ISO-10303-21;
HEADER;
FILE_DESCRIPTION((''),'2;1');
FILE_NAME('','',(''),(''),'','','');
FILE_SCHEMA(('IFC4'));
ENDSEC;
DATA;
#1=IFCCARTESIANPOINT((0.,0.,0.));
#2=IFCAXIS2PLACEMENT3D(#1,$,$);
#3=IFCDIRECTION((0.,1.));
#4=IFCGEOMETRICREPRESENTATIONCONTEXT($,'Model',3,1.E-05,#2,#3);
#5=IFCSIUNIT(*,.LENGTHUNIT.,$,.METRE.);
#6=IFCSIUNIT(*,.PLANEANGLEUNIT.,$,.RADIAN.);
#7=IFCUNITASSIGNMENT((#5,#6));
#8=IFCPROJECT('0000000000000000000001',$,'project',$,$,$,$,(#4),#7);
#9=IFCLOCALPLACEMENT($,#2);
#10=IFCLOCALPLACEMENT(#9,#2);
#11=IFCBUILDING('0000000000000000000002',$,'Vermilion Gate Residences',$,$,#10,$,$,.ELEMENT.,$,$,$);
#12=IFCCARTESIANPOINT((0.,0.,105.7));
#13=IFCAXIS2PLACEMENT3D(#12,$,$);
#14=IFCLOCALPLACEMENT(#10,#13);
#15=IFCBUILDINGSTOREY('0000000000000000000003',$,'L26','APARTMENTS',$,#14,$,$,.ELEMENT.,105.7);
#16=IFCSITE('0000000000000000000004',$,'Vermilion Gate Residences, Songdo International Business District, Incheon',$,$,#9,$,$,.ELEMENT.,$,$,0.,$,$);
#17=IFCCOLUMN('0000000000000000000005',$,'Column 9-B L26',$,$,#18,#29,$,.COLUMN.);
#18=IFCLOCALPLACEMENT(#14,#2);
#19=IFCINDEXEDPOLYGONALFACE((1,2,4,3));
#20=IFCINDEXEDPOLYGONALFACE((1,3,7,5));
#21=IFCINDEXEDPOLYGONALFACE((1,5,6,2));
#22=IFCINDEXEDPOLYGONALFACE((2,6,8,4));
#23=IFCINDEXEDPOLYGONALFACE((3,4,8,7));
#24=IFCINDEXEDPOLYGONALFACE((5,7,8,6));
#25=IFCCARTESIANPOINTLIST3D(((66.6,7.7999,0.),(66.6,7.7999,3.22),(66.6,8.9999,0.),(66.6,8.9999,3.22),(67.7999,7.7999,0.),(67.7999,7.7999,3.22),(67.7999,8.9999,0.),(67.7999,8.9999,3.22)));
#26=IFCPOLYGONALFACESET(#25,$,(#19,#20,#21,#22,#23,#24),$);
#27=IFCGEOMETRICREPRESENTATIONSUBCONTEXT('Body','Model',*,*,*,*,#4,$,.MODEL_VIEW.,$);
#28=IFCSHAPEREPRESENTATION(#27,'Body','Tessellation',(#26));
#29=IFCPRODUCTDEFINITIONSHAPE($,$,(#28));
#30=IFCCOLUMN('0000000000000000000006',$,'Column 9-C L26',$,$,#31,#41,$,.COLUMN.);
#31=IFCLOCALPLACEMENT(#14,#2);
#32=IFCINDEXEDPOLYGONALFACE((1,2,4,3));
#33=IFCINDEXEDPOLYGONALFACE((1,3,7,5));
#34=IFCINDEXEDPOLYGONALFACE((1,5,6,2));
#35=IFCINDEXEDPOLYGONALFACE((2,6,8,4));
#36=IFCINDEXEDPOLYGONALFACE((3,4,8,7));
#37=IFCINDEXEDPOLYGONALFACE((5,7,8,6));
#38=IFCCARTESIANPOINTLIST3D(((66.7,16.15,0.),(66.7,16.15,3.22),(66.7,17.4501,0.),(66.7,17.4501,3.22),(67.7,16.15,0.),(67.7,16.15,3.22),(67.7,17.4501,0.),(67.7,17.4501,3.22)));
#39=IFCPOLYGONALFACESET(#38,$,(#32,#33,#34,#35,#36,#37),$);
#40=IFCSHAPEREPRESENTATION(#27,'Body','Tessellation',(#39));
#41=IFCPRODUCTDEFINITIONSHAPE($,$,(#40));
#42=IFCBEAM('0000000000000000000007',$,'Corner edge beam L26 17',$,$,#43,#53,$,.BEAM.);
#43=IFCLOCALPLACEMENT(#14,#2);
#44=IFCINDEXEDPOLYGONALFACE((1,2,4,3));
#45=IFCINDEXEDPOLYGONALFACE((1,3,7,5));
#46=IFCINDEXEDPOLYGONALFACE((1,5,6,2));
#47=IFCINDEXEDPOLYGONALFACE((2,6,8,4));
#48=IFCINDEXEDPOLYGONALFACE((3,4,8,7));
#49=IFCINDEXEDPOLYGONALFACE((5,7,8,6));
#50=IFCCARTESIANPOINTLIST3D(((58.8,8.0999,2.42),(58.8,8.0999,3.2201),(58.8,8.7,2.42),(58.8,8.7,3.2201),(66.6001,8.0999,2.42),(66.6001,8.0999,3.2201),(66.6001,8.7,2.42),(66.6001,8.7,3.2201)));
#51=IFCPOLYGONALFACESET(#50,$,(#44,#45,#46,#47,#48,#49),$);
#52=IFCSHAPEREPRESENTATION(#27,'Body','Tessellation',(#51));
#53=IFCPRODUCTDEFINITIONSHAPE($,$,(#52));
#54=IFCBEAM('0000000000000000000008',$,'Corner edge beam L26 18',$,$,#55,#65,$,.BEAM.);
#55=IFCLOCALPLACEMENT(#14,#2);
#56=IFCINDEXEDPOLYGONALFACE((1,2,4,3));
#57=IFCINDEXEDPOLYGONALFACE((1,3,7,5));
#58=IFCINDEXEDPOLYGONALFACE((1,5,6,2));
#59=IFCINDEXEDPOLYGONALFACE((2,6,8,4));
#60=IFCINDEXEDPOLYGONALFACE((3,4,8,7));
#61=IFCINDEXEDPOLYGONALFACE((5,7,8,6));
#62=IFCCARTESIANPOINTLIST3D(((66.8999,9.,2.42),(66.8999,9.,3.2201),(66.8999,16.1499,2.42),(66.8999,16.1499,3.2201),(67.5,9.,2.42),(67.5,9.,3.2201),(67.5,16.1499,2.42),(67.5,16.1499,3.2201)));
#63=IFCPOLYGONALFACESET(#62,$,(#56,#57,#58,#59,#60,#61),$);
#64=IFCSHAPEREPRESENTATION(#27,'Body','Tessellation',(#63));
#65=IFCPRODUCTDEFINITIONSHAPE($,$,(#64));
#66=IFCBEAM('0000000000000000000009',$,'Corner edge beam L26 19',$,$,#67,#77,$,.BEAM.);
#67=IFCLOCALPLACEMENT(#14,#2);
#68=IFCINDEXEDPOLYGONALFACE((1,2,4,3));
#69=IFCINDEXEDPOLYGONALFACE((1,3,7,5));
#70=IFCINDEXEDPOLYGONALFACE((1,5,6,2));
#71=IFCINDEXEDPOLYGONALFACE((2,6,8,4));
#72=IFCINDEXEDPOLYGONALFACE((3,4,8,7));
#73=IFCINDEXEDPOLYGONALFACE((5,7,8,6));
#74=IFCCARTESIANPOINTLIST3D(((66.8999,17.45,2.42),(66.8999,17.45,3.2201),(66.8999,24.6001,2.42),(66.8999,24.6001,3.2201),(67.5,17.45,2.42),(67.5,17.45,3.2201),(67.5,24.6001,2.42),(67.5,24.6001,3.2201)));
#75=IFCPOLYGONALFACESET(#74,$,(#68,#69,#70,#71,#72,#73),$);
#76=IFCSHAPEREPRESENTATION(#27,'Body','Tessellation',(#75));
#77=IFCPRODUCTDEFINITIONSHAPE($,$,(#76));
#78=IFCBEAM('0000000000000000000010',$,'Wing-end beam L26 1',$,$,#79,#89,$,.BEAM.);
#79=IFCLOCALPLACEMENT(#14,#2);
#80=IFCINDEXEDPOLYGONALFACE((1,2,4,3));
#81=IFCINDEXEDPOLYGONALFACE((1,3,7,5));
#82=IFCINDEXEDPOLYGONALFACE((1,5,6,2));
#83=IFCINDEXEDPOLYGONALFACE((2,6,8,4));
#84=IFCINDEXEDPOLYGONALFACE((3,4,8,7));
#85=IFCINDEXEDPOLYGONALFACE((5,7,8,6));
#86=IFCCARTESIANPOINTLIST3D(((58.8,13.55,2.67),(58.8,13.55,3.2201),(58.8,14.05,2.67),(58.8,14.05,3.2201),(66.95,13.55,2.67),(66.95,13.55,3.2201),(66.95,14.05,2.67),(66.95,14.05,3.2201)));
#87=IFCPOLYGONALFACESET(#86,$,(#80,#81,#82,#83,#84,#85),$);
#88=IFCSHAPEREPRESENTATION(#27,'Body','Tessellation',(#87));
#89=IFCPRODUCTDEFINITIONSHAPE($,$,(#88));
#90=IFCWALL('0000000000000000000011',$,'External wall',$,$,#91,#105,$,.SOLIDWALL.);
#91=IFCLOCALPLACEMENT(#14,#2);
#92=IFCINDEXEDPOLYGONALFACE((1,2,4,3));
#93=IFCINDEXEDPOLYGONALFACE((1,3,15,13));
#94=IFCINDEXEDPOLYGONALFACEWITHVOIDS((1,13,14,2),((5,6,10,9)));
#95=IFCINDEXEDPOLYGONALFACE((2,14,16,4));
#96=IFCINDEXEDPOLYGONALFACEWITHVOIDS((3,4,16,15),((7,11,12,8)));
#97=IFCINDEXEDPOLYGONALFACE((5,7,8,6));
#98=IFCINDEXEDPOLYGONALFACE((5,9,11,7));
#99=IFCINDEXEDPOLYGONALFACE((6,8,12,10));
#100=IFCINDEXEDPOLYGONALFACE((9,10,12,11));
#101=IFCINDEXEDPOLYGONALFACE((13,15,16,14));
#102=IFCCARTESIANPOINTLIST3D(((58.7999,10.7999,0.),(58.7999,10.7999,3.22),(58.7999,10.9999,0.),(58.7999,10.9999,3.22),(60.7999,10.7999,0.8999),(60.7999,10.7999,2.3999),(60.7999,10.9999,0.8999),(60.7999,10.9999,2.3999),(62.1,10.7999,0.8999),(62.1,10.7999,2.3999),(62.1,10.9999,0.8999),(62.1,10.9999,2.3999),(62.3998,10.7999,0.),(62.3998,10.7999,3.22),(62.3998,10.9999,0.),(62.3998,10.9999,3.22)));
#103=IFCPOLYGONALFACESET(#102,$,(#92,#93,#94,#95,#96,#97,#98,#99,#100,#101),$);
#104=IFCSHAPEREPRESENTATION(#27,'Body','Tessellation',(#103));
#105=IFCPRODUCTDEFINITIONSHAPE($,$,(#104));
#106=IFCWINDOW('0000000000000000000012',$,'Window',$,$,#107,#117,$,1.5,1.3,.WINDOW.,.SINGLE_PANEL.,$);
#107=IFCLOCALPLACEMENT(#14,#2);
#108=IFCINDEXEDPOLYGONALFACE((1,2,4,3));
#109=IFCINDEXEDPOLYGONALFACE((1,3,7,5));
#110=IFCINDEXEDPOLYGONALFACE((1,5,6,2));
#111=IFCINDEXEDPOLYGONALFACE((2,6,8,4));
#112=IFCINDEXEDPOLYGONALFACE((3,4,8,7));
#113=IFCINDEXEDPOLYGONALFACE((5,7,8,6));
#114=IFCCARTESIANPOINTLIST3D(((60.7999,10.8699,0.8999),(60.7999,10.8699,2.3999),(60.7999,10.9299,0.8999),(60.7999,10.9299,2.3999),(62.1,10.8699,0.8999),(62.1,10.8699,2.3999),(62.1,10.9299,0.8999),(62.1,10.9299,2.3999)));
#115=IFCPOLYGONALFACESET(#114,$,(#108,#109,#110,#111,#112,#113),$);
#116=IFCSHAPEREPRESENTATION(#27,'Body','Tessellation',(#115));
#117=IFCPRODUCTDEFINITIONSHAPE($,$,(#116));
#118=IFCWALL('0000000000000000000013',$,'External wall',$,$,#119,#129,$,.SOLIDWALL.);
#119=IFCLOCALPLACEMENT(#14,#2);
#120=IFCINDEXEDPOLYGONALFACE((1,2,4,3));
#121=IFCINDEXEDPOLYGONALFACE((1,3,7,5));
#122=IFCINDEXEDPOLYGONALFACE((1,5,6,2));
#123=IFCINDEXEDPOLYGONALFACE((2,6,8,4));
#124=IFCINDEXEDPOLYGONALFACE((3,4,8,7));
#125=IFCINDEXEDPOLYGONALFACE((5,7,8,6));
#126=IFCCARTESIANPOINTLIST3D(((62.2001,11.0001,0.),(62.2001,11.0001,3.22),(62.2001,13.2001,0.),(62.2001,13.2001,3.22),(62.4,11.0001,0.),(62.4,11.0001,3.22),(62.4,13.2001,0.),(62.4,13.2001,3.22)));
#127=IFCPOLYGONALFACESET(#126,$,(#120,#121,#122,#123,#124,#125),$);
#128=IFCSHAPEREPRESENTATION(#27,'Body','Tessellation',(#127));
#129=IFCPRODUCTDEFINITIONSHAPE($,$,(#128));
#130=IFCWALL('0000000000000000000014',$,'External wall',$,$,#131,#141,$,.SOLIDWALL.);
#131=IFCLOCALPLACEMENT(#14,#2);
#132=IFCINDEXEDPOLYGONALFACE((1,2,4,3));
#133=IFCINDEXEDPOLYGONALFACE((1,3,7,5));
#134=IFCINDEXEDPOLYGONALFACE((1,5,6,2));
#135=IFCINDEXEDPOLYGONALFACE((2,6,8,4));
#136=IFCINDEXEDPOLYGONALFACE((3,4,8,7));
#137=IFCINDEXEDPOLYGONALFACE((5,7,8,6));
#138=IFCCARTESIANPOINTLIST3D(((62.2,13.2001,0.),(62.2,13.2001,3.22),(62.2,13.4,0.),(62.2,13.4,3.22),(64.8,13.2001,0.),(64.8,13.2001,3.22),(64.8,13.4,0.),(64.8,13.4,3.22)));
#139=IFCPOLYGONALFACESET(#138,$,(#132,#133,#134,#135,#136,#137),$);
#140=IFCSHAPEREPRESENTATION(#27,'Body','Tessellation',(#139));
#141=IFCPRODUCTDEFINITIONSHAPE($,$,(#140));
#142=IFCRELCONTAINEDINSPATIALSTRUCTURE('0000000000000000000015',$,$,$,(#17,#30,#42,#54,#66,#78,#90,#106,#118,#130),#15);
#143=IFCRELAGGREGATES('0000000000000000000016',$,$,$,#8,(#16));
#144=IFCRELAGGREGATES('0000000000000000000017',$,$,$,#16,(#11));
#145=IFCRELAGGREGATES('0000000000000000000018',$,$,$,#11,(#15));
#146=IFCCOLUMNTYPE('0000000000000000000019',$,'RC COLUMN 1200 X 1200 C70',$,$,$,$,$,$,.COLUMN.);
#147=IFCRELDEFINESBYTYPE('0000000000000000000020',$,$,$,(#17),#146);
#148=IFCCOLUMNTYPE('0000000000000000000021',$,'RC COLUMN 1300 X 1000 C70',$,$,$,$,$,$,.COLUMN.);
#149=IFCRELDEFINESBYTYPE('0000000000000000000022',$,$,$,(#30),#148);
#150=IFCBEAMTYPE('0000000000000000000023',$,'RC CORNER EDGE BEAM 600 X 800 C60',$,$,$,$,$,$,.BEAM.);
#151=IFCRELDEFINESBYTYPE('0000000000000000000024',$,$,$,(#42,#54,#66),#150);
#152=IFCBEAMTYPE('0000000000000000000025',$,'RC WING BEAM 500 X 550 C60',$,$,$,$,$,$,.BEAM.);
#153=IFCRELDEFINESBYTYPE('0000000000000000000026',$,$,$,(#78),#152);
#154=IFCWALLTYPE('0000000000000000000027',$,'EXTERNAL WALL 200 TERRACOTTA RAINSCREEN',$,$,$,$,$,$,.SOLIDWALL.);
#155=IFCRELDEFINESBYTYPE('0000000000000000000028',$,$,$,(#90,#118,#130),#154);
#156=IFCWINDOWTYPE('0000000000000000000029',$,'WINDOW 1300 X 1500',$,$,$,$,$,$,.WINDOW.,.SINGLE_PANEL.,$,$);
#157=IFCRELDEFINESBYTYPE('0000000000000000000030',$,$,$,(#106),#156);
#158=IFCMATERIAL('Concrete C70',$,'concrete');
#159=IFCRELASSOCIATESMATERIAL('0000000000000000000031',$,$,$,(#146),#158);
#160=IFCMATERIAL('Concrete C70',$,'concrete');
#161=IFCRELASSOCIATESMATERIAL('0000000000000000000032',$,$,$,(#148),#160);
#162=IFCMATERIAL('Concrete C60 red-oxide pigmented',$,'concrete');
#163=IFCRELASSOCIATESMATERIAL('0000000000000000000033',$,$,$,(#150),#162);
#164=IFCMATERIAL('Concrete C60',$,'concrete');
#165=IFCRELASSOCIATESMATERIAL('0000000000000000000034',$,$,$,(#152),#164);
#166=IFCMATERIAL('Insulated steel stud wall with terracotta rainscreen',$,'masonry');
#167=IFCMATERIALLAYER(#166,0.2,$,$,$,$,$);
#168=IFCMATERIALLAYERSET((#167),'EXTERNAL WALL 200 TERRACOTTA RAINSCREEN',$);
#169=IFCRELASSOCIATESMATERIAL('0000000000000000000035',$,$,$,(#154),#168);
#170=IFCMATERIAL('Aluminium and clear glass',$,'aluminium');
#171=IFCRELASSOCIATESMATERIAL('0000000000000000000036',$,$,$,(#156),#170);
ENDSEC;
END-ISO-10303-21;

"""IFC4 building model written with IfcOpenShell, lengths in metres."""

from ifc_helpers import new_model, si_unit, direction, frame, frame_2d, origin, origin_2d, place, context, subcontext, project, spatial, rectangle, extrude, material, layer, layer_set, material_profile, profile_set, type_object, element, fill, save


model = new_model("IFC4")

# Units and contexts
model_context = context("Model", 3, precision=1e-05, world=origin(), true_north=direction((0.0, 1.0)))
body_context = subcontext(model_context, "Body", "Model", "MODEL_VIEW")
ifc_project = project(units=[si_unit("LENGTHUNIT", "METRE"), si_unit("PLANEANGLEUNIT", "RADIAN")], contexts=[model_context])

# Site, building, storey
site_placement = place(None, origin())
site = spatial("IfcSite", under=ifc_project, at=site_placement, Name="Vermilion Gate Residences, Songdo International Business District, Incheon", CompositionType="ELEMENT", RefElevation=0.0)
building_placement = place(site_placement, origin())
building = spatial("IfcBuilding", under=site, at=building_placement, Name="Vermilion Gate Residences", CompositionType="ELEMENT")
storey_placement = place(building_placement, frame((0.0, 0.0, 105.7)))
storey = spatial("IfcBuildingStorey", under=building, at=storey_placement, Name="L26", Description="APARTMENTS", CompositionType="ELEMENT", Elevation=105.7)

# Columns
ifc_material_1 = material(Name="Concrete C70", Category="concrete")
ifc_material_profile_1 = material_profile(ifc_material_1, rectangle(XDim=1.2, YDim=1.2, at=origin_2d()), Name="RC-1200x1200")
ifc_profile_set_1 = profile_set([ifc_material_profile_1], Name="Concrete C70")
column_type_1 = type_object("IfcColumnType", Name="RC COLUMN 1200 X 1200 C70", PredefinedType="COLUMN", material=ifc_profile_set_1)
column_1_placement = place(storey_placement, frame((67.2, 8.3999, 0.0), z_axis=(0.0, 0.0, 1.0), x_axis=(1.0, 0.0, 0.0)))
element("IfcColumn", 1, at=column_1_placement, inside=storey, type_object=column_type_1, Name="Column 9-B L26", PredefinedType="COLUMN", context=body_context, shape_type="SweptSolid", body=[
    extrude(rectangle(XDim=1.2, YDim=1.2, at=origin_2d()), origin(), (0.0, 0.0, 1.0), 3.22),
])
ifc_material_2 = material(Name="Concrete C70", Category="concrete")
ifc_material_profile_2 = material_profile(ifc_material_2, rectangle(XDim=1.3, YDim=1.0, at=origin_2d()), Name="RC-1300x1000")
ifc_profile_set_2 = profile_set([ifc_material_profile_2], Name="Concrete C70")
column_type_2 = type_object("IfcColumnType", Name="RC COLUMN 1300 X 1000 C70", PredefinedType="COLUMN", material=ifc_profile_set_2)
column_2_placement = place(storey_placement, frame((67.2, 16.8, 0.0), z_axis=(0.0, 0.0, 1.0), x_axis=(0.0, 1.0, 0.0)))
element("IfcColumn", 2, at=column_2_placement, inside=storey, type_object=column_type_2, Name="Column 9-C L26", PredefinedType="COLUMN", context=body_context, shape_type="SweptSolid", body=[
    extrude(rectangle(XDim=1.3, YDim=1.0, at=origin_2d()), origin(), (0.0, 0.0, 1.0), 3.22),
])

# Beams
ifc_material_3 = material(Name="Concrete C60 red-oxide pigmented", Category="concrete")
ifc_material_profile_3 = material_profile(ifc_material_3, rectangle(XDim=0.6001, YDim=0.8, at=origin_2d()), Name="RC-600x800")
ifc_profile_set_3 = profile_set([ifc_material_profile_3], Name="Concrete C60 red-oxide pigmented")
beam_type_1 = type_object("IfcBeamType", Name="RC CORNER EDGE BEAM 600 X 800 C60", PredefinedType="BEAM", material=ifc_profile_set_3)
beam_1_placement = place(storey_placement, frame((58.8, 8.3999, 2.8201), z_axis=(1.0, 0.0, 0.0), x_axis=(0.0, 1.0, 0.0)))
element("IfcBeam", 3, at=beam_1_placement, inside=storey, type_object=beam_type_1, Name="Corner edge beam L26 17", PredefinedType="BEAM", context=body_context, shape_type="SweptSolid", body=[
    extrude(rectangle(XDim=0.6001, YDim=0.8, at=origin_2d()), origin(), (0.0, 0.0, 1.0), 7.8),
])
beam_2_placement = place(storey_placement, frame((67.2, 9.0, 2.8201), z_axis=(0.0, 1.0, 0.0), x_axis=(-1.0, 0.0, 0.0)))
element("IfcBeam", 4, at=beam_2_placement, inside=storey, type_object=beam_type_1, Name="Corner edge beam L26 18", PredefinedType="BEAM", context=body_context, shape_type="SweptSolid", body=[
    extrude(rectangle(XDim=0.6001, YDim=0.8, at=origin_2d()), origin(), (0.0, 0.0, 1.0), 7.1499),
])
beam_3_placement = place(storey_placement, frame((67.2, 17.45, 2.8201), z_axis=(0.0, 1.0, 0.0), x_axis=(-1.0, 0.0, 0.0)))
element("IfcBeam", 5, at=beam_3_placement, inside=storey, type_object=beam_type_1, Name="Corner edge beam L26 19", PredefinedType="BEAM", context=body_context, shape_type="SweptSolid", body=[
    extrude(rectangle(XDim=0.6001, YDim=0.8, at=origin_2d()), origin(), (0.0, 0.0, 1.0), 7.1501),
])
ifc_material_4 = material(Name="Concrete C60", Category="concrete")
ifc_material_profile_4 = material_profile(ifc_material_4, rectangle(XDim=0.5, YDim=0.55, at=origin_2d()), Name="RC-500x550")
ifc_profile_set_4 = profile_set([ifc_material_profile_4], Name="Concrete C60")
beam_type_2 = type_object("IfcBeamType", Name="RC WING BEAM 500 X 550 C60", PredefinedType="BEAM", material=ifc_profile_set_4)
beam_4_placement = place(storey_placement, frame((58.8, 13.8, 2.9451), z_axis=(1.0, 0.0, 0.0), x_axis=(0.0, 1.0, 0.0)))
element("IfcBeam", 6, at=beam_4_placement, inside=storey, type_object=beam_type_2, Name="Wing-end beam L26 1", PredefinedType="BEAM", context=body_context, shape_type="SweptSolid", body=[
    extrude(rectangle(XDim=0.5, YDim=0.55, at=origin_2d()), origin(), (0.0, 0.0, 1.0), 8.1499),
])

# Wall, opening, window
ifc_material_5 = material(Name="Insulated steel stud wall with terracotta rainscreen", Category="masonry")
ifc_layer_1 = layer(ifc_material_5, 0.2)
ifc_layer_set_1 = layer_set([ifc_layer_1], Name="EXTERNAL WALL 200 TERRACOTTA RAINSCREEN")
wall_type_1 = type_object("IfcWallType", Name="EXTERNAL WALL 200 TERRACOTTA RAINSCREEN", PredefinedType="SOLIDWALL", material=ifc_layer_set_1)
wall_1_placement = place(storey_placement, frame((58.8, 10.8999, 0.0), z_axis=(0.0, 0.0, 1.0), x_axis=(1.0, 0.0, 0.0)))
wall_1 = element("IfcWall", 7, at=wall_1_placement, inside=storey, type_object=wall_type_1, Name="External wall", PredefinedType="SOLIDWALL", context=body_context, shape_type="SweptSolid", body=[
    extrude(rectangle(XDim=3.5999, YDim=0.2, at=frame_2d((1.7998, 0.0))), origin(), (0.0, 0.0, 1.0), 3.22),
])
opening_1_placement = place(wall_1_placement, frame((2.0, 0.0, 0.8999)))
opening_1 = element("IfcOpeningElement", 8, at=opening_1_placement, cuts=wall_1, PredefinedType="OPENING", context=body_context, shape_type="SweptSolid", body=[
    extrude(rectangle(XDim=1.3, YDim=1.5, at=frame_2d((0.6499, 0.75))), frame((0.0, 0.1099, 0.0), z_axis=(0.0, -1.0, 0.0), x_axis=(1.0, 0.0, 0.0)), (0.0, 0.0, 1.0), 0.22),
])
ifc_material_6 = material(Name="Aluminium and clear glass", Category="aluminium")
window_type_1 = type_object("IfcWindowType", Name="WINDOW 1300 X 1500", PartitioningType="SINGLE_PANEL", PredefinedType="WINDOW", material=ifc_material_6)
window_1_placement = place(opening_1_placement, origin())
window_1 = element("IfcWindow", 9, at=window_1_placement, inside=storey, type_object=window_type_1, Name="Window", OverallHeight=1.5, OverallWidth=1.3, PartitioningType="SINGLE_PANEL", PredefinedType="WINDOW", context=body_context, shape_type="SweptSolid", body=[
    extrude(rectangle(XDim=1.3, YDim=1.5, at=frame_2d((0.6499, 0.75))), frame((0.0, 0.03, 0.0), z_axis=(0.0, -1.0, 0.0), x_axis=(1.0, 0.0, 0.0)), (0.0, 0.0, 1.0), 0.0601),
])
fill(opening_1, window_1)

# Walls
wall_2_placement = place(storey_placement, frame((62.3, 11.0, 0.0), z_axis=(0.0, 0.0, 1.0), x_axis=(0.0, 1.0, 0.0)))
element("IfcWall", 10, at=wall_2_placement, inside=storey, type_object=wall_type_1, Name="External wall", PredefinedType="SOLIDWALL", context=body_context, shape_type="SweptSolid", body=[
    extrude(rectangle(XDim=2.2, YDim=0.2, at=frame_2d((1.1001, 0.0))), origin(), (0.0, 0.0, 1.0), 3.22),
])
wall_3_placement = place(storey_placement, frame((62.2, 13.3, 0.0), z_axis=(0.0, 0.0, 1.0), x_axis=(1.0, 0.0, 0.0)))
element("IfcWall", 11, at=wall_3_placement, inside=storey, type_object=wall_type_1, Name="External wall", PredefinedType="SOLIDWALL", context=body_context, shape_type="SweptSolid", body=[
    extrude(rectangle(XDim=2.6001, YDim=0.2, at=frame_2d((1.3, 0.0))), origin(), (0.0, 0.0, 1.0), 3.22),
])

save(model, "model.ifc")
